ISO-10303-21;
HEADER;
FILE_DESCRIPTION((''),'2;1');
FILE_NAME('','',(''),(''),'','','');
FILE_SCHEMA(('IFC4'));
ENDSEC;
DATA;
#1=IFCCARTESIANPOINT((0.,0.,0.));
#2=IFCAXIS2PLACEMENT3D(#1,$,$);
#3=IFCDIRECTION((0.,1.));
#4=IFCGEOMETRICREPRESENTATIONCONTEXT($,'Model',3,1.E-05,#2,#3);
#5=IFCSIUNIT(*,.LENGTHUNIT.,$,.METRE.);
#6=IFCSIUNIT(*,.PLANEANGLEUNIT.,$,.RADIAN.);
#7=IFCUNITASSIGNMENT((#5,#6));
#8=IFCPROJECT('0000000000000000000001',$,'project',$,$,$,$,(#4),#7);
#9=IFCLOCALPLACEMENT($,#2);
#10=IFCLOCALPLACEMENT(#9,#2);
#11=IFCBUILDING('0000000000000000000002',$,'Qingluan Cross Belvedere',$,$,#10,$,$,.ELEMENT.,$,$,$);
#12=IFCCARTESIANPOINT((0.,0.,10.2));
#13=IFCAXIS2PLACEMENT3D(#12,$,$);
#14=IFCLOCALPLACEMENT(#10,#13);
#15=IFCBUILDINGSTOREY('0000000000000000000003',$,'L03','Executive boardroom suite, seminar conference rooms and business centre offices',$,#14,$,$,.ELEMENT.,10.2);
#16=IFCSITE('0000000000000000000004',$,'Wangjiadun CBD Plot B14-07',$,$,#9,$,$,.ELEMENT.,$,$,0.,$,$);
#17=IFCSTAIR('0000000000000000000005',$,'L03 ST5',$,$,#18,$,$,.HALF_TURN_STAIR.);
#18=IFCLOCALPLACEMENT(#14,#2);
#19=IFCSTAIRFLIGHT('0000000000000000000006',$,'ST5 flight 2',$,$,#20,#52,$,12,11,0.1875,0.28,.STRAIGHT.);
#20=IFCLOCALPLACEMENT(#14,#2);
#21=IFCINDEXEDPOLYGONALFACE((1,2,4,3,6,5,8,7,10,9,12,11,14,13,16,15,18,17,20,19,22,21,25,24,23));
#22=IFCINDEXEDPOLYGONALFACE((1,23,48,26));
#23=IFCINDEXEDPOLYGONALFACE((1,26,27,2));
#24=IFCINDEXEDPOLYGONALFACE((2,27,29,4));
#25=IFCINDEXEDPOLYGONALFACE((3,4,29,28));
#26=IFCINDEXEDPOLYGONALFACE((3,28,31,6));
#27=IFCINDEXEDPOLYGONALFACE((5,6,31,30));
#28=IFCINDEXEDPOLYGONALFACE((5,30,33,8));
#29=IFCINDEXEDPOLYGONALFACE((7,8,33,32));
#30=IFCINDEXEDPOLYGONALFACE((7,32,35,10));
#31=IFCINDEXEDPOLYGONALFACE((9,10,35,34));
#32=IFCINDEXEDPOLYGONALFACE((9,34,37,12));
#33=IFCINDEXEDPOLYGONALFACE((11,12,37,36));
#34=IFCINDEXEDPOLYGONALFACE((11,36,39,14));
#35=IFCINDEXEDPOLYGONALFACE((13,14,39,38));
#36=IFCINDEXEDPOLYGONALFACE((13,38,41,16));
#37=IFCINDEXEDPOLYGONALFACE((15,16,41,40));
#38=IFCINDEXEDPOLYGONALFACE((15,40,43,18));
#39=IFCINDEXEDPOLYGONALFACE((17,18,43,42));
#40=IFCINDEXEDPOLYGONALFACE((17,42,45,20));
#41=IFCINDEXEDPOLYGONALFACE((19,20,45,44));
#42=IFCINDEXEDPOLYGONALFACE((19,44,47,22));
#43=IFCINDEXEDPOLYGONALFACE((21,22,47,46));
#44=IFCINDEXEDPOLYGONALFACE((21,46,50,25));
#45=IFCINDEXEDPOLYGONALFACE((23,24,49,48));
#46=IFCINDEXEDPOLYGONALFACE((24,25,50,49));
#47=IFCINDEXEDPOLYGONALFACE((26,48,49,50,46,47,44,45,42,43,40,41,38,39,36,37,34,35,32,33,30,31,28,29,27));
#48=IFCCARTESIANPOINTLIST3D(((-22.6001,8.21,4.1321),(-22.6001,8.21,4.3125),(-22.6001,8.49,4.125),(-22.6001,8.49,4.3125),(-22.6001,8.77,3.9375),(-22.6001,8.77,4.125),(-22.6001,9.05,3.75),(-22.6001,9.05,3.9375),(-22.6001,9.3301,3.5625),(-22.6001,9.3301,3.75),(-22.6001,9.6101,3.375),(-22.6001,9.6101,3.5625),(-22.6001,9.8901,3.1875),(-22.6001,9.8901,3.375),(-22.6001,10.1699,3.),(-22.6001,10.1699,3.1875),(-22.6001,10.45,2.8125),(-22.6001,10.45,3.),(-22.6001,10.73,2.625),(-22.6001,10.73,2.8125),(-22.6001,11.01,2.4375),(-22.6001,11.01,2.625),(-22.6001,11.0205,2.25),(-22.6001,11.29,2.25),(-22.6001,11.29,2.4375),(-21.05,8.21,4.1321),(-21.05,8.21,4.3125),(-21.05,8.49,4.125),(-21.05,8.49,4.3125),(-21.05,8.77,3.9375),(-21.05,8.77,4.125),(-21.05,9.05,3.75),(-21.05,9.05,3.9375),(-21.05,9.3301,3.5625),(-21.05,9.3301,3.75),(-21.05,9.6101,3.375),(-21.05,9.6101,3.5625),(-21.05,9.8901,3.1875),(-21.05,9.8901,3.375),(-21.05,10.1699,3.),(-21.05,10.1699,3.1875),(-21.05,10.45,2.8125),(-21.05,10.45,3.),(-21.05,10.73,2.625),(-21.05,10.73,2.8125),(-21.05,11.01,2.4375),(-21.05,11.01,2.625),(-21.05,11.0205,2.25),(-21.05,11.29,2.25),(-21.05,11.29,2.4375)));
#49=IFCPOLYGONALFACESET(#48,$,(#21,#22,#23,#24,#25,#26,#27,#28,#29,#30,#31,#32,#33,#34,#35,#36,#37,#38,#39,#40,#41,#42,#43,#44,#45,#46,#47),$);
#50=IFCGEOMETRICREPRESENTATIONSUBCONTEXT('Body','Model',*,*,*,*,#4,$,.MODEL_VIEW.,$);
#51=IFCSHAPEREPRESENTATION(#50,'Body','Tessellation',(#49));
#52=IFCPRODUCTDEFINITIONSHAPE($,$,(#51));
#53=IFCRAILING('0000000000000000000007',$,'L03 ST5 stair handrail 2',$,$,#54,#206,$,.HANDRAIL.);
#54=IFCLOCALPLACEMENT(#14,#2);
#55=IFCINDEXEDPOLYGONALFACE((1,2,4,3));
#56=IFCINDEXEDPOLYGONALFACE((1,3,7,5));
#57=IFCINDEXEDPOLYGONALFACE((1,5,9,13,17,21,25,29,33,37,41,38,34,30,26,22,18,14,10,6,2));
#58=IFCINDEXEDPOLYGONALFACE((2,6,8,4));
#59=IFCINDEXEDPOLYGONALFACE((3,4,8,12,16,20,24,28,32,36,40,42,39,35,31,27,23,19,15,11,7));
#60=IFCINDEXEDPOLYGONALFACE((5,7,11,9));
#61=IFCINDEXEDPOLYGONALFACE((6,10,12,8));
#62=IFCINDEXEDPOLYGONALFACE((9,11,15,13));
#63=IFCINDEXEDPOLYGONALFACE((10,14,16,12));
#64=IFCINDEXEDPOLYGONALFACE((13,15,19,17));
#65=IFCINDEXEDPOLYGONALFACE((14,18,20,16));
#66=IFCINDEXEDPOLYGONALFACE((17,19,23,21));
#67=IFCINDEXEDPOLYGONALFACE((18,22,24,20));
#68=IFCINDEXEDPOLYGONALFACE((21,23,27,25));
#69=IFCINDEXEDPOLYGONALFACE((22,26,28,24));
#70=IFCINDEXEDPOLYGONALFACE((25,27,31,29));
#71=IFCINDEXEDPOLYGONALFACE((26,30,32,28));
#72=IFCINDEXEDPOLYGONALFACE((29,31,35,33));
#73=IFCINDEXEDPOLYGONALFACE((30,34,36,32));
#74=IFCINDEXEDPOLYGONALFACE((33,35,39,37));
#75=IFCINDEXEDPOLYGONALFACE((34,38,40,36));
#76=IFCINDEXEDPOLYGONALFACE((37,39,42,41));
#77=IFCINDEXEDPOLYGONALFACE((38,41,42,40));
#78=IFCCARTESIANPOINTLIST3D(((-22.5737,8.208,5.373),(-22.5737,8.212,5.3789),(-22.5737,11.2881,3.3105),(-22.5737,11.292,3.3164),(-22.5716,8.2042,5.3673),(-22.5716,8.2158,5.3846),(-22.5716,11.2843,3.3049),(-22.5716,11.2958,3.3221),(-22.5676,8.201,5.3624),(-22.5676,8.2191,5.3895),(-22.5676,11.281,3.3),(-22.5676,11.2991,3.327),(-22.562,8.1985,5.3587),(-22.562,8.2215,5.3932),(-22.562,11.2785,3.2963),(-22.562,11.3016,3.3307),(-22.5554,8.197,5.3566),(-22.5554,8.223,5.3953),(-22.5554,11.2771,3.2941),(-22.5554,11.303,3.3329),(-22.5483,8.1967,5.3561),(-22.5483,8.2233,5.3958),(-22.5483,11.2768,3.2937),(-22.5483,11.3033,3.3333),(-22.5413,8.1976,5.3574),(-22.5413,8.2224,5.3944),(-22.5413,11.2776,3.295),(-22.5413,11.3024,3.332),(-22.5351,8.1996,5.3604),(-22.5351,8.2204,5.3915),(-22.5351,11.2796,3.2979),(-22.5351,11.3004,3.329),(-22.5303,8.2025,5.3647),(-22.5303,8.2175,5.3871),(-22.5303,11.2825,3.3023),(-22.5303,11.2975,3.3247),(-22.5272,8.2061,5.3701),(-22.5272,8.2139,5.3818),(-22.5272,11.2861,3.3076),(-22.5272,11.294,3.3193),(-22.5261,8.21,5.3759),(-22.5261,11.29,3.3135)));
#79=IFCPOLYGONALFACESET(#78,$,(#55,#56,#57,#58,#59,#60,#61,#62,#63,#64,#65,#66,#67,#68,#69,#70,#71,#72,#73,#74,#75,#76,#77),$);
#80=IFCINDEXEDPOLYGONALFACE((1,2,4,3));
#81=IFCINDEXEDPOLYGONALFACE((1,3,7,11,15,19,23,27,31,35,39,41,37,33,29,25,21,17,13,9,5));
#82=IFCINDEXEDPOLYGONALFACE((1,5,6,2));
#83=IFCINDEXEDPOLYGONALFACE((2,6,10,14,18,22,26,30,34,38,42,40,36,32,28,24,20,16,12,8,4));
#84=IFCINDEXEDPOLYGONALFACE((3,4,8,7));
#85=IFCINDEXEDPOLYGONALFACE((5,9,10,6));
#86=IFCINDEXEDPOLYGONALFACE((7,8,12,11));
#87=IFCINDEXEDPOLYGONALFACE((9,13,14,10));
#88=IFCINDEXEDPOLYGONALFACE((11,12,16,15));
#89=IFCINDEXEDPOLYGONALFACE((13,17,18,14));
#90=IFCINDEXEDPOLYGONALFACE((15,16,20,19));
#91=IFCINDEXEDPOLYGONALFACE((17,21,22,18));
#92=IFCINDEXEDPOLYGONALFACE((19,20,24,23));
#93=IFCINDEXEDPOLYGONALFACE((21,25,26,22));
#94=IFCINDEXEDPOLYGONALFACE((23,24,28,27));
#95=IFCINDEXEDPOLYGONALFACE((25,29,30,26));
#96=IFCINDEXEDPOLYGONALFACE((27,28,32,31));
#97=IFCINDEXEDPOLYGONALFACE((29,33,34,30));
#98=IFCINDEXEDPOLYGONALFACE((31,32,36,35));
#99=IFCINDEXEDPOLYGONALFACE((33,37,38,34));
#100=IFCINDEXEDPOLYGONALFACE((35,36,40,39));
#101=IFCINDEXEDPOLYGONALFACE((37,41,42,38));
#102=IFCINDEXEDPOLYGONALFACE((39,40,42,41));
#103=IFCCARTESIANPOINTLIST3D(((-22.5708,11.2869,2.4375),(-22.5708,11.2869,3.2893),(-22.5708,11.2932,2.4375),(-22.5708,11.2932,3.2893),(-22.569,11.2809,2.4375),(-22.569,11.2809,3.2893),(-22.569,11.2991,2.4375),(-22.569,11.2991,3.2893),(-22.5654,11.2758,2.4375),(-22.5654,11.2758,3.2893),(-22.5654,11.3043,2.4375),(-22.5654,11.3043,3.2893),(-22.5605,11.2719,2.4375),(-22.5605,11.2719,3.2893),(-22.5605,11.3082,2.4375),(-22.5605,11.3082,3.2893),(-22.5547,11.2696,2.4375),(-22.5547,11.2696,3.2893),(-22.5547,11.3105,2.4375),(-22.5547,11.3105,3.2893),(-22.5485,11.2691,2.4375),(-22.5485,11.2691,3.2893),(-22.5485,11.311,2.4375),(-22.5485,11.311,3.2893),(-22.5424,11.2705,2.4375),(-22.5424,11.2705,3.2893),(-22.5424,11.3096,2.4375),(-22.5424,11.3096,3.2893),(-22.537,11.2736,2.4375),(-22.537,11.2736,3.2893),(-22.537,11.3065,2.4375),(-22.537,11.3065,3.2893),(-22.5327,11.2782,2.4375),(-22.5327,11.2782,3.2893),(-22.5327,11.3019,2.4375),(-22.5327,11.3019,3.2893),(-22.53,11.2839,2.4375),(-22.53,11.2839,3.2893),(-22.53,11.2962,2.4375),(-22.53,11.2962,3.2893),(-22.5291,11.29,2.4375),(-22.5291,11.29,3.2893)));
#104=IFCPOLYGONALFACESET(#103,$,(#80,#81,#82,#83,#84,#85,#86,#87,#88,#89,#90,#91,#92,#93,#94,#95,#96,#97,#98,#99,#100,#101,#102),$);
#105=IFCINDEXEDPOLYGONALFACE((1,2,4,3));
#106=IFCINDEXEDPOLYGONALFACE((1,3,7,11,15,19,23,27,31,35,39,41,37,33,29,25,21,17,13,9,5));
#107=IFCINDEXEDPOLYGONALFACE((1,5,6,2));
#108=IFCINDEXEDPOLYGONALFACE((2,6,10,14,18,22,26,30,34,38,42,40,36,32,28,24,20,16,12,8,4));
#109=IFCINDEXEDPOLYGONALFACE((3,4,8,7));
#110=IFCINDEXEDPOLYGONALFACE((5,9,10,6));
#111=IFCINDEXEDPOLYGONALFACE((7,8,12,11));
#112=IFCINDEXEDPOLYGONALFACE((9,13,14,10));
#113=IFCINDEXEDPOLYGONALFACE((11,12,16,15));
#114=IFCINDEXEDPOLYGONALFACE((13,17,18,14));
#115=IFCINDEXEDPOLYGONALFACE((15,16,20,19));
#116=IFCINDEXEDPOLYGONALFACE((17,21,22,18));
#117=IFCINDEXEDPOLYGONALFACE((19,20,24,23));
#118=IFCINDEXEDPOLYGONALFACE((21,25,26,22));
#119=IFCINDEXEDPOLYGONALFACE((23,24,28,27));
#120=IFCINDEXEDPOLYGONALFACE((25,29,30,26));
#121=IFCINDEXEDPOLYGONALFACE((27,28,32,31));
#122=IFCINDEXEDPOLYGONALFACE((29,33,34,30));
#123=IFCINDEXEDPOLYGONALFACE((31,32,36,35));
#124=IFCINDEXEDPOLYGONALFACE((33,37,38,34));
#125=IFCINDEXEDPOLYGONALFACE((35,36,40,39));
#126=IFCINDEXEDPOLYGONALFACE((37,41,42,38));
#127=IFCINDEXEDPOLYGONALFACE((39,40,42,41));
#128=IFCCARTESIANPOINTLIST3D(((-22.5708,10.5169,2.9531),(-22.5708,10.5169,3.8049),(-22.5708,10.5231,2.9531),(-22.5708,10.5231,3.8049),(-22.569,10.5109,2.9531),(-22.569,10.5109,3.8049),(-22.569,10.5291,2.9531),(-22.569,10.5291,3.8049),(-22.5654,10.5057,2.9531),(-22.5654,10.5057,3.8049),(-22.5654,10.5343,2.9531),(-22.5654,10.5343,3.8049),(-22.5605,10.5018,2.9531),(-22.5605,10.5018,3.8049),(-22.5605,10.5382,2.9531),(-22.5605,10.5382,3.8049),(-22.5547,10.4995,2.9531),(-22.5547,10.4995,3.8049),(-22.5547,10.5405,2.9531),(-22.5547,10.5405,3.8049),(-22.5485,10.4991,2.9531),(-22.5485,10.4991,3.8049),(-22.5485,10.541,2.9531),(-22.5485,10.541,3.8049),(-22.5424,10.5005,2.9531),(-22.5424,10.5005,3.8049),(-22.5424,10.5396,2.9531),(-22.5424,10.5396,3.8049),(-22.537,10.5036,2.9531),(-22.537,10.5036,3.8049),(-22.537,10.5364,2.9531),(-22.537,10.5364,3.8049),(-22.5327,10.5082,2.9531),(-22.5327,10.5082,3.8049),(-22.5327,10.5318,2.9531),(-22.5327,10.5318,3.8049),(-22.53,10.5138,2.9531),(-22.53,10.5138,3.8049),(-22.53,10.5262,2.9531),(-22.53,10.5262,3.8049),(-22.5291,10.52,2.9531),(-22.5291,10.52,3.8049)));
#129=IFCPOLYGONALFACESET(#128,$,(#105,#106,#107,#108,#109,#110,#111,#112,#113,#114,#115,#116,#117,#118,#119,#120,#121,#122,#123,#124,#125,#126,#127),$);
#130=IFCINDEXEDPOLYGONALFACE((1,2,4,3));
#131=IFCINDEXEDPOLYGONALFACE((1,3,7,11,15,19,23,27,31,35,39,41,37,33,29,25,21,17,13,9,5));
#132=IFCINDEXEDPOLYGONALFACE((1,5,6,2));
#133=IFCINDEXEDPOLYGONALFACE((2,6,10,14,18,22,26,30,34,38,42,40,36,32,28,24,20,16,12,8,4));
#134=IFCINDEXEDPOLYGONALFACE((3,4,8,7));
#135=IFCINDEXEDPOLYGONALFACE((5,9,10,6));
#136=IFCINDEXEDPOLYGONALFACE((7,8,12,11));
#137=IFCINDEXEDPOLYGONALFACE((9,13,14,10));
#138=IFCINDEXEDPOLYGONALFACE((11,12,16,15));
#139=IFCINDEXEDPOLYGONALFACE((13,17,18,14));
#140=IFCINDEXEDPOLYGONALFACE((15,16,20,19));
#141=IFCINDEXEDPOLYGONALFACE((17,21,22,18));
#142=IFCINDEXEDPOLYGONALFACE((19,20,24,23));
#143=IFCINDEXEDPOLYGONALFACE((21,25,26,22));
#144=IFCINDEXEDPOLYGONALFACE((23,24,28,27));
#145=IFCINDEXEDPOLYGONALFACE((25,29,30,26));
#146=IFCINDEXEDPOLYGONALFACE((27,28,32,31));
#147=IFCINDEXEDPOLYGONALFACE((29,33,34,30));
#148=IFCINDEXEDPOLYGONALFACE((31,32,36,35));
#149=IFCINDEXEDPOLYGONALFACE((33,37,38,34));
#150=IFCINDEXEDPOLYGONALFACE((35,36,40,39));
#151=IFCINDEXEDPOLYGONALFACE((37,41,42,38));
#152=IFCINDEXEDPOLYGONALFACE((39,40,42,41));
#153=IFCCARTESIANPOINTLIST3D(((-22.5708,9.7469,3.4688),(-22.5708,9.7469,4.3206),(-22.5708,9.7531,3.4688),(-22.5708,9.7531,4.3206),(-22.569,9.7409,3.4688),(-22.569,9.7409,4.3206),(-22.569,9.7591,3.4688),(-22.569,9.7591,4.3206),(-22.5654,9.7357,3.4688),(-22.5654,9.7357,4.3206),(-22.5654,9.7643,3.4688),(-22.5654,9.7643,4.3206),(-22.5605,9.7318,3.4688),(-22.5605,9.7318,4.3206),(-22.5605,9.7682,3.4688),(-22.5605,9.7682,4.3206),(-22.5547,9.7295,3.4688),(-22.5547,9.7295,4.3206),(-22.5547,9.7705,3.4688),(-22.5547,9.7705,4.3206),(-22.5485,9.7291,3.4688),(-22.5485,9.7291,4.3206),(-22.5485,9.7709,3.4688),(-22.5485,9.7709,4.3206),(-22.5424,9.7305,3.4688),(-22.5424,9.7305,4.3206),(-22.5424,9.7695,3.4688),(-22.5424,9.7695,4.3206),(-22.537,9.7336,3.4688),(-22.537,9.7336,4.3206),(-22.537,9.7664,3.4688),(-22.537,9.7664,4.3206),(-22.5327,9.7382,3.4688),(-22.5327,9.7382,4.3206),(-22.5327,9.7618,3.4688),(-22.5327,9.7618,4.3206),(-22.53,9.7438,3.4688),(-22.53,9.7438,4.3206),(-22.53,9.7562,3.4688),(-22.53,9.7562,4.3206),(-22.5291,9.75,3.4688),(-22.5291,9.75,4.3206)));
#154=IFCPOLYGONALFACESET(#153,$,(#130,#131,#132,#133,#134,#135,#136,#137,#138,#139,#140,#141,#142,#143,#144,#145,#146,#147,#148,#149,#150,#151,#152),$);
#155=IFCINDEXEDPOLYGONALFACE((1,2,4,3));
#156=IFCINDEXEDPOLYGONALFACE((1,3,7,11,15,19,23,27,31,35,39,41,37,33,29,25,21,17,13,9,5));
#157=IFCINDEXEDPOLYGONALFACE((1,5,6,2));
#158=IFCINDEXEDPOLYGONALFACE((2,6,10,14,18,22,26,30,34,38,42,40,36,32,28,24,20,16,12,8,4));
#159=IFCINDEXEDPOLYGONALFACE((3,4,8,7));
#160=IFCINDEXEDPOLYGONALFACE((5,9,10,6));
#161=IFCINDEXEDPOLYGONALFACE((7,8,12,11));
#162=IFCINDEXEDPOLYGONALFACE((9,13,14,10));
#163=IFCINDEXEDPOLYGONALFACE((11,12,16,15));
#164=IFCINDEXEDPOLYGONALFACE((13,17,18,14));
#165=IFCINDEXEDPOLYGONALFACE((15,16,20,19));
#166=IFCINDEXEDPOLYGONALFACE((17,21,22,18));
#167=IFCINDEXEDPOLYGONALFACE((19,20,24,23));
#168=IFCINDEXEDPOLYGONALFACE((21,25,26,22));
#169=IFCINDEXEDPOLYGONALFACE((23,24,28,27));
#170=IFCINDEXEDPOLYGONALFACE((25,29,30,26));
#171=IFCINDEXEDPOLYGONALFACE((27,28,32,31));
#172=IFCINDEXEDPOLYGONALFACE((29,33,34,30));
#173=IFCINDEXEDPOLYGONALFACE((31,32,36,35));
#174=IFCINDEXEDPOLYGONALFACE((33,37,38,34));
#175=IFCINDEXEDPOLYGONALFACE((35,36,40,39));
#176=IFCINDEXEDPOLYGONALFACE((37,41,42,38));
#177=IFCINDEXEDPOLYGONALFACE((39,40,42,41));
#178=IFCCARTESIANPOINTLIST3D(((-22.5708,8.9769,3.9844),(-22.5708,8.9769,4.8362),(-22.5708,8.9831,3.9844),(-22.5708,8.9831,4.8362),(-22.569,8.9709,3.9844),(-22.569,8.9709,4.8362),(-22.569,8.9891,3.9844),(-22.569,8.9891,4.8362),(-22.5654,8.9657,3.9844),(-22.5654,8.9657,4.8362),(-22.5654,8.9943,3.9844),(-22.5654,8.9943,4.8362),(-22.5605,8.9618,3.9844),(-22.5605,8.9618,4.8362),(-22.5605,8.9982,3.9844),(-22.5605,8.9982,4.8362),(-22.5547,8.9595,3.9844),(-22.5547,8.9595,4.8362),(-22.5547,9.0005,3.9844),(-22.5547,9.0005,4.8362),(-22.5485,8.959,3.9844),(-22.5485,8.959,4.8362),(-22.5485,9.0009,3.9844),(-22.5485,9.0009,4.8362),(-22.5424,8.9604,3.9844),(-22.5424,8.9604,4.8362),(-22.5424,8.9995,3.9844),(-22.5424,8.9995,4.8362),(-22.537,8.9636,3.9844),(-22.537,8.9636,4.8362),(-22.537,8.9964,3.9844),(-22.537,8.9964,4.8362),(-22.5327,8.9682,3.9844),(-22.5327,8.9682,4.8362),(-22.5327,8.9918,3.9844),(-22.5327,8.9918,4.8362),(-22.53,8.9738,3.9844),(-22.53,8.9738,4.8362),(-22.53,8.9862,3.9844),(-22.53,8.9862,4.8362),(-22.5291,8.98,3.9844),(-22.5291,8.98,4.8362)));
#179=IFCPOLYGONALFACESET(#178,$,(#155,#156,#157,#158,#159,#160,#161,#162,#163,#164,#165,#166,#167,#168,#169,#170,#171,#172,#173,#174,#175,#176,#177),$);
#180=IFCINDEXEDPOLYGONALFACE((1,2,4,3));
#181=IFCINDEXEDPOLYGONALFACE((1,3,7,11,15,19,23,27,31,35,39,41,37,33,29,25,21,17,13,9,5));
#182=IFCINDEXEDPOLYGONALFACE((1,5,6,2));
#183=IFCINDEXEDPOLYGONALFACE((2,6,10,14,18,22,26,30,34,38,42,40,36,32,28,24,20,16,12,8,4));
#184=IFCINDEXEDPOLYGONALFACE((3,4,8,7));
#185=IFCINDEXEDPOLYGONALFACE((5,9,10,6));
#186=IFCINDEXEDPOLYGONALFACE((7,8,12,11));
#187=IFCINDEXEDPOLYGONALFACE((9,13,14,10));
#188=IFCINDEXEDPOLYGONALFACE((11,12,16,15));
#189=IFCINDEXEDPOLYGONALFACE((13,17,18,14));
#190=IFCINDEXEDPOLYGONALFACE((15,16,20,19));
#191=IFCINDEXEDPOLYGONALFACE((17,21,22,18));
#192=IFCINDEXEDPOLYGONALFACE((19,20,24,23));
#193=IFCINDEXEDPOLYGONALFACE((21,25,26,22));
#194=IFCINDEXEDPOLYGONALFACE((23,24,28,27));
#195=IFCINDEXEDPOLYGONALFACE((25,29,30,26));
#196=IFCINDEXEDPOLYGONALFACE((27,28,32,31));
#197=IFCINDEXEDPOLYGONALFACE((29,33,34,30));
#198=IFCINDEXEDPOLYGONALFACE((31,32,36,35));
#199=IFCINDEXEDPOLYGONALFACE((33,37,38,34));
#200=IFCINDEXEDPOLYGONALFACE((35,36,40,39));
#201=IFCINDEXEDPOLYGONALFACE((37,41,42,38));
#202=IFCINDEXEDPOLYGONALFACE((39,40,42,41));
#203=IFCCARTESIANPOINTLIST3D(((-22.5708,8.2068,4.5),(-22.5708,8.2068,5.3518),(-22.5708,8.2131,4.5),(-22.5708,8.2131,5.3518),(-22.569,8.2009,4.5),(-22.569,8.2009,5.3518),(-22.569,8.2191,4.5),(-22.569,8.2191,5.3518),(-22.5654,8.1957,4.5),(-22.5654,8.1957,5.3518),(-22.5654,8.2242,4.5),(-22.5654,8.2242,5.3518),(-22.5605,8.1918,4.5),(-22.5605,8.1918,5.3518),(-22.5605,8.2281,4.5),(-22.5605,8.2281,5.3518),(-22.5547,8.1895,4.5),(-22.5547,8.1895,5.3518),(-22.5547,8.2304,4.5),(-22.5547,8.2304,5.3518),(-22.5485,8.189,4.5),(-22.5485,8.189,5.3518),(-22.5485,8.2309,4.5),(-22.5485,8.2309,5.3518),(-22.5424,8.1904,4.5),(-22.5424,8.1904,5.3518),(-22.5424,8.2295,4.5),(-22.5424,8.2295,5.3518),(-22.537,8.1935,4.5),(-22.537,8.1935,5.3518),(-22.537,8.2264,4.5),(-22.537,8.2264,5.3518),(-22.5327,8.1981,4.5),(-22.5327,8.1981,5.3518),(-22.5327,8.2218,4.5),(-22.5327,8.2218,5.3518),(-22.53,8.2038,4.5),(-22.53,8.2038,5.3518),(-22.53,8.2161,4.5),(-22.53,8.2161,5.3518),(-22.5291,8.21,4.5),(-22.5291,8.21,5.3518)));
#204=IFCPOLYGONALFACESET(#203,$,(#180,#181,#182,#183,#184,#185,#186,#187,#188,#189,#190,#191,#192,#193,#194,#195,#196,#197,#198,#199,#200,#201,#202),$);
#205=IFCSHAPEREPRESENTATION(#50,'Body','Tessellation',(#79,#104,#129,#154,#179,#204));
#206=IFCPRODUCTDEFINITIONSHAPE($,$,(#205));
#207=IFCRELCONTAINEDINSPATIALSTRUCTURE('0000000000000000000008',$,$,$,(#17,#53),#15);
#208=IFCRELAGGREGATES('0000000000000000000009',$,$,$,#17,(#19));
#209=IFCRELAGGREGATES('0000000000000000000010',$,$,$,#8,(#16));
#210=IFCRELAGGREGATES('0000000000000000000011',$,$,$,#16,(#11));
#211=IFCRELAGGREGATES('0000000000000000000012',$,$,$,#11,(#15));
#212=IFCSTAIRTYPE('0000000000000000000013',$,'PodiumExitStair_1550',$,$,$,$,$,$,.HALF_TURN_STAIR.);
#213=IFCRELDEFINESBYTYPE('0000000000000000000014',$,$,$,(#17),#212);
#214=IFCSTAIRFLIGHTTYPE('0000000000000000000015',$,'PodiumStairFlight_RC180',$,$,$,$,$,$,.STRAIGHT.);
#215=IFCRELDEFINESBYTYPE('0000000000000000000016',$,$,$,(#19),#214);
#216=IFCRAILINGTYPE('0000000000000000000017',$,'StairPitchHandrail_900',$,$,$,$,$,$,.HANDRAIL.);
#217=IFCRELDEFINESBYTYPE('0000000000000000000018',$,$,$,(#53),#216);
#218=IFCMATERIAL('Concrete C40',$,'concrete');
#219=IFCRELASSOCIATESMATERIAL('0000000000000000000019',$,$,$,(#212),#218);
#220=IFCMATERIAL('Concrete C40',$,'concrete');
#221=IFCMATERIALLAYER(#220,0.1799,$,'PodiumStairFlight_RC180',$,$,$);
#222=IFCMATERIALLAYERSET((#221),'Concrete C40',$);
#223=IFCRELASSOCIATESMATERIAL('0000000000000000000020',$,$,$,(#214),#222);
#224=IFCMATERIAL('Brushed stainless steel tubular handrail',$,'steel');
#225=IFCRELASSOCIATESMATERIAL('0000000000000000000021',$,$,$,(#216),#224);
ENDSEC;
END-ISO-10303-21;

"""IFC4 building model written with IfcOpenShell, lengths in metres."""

from ifc_helpers import new_model, si_unit, direction, frame, origin, origin_2d, place, context, subcontext, project, spatial, polyline, circle, outline, extrude, material, layer, layer_set, type_object, element, aggregate, save


model = new_model("IFC4")

# Units and contexts
model_context = context("Model", 3, precision=1e-05, world=origin(), true_north=direction((0.0, 1.0)))
body_context = subcontext(model_context, "Body", "Model", "MODEL_VIEW")
ifc_project = project(units=[si_unit("LENGTHUNIT", "METRE"), si_unit("PLANEANGLEUNIT", "RADIAN")], contexts=[model_context])

# Site, building, storey
site_placement = place(None, origin())
site = spatial("IfcSite", under=ifc_project, at=site_placement, Name="Wangjiadun CBD Plot B14-07", CompositionType="ELEMENT", RefElevation=0.0)
building_placement = place(site_placement, origin())
building = spatial("IfcBuilding", under=site, at=building_placement, Name="Qingluan Cross Belvedere", CompositionType="ELEMENT")
storey_placement = place(building_placement, frame((0.0, 0.0, 10.2)))
storey = spatial("IfcBuildingStorey", under=building, at=storey_placement, Name="L03", Description="Executive boardroom suite, seminar conference rooms and business centre offices", CompositionType="ELEMENT", Elevation=10.2)

# Stair, stair flight
ifc_material_1 = material(Name="Concrete C40", Category="concrete")
stair_type = type_object("IfcStairType", Name="PodiumExitStair_1550", PredefinedType="HALF_TURN_STAIR", material=ifc_material_1)
stair_placement = place(storey_placement, origin())
stair = element("IfcStair", 1, at=stair_placement, inside=storey, type_object=stair_type, Name="L03 ST5", PredefinedType="HALF_TURN_STAIR")
ifc_material_2 = material(Name="Concrete C40", Category="concrete")
ifc_layer_1 = layer(ifc_material_2, 0.1799, Name="PodiumStairFlight_RC180")
ifc_layer_set_1 = layer_set([ifc_layer_1], Name="Concrete C40")
stair_flight_type = type_object("IfcStairFlightType", Name="PodiumStairFlight_RC180", PredefinedType="STRAIGHT", material=ifc_layer_set_1)
stair_flight_placement = place(storey_placement, frame((-21.825, 11.29, 2.25), z_axis=(0.0, 0.0, 1.0), x_axis=(0.0, -1.0, 0.0)))
stair_flight = element("IfcStairFlight", 2, at=stair_flight_placement, type_object=stair_flight_type, Name="ST5 flight 2", NumberOfRisers=12, NumberOfTreads=11, PredefinedType="STRAIGHT", RiserHeight=0.1875, TreadLength=0.28, context=body_context, shape_type="SweptSolid", body=[
    extrude(outline(polyline([(0.0, 0.0), (0.0, 0.1875), (0.28, 0.1875), (0.28, 0.375), (0.5601, 0.375), (0.5601, 0.5625), (0.8401, 0.5625), (0.8401, 0.75), (1.1201, 0.75), (1.1201, 0.9375), (1.3999, 0.9375), (1.3999, 1.125), (1.6799, 1.125), (1.6799, 1.3125), (1.96, 1.3125), (1.96, 1.5), (2.24, 1.5), (2.24, 1.6875), (2.52, 1.6875), (2.52, 1.875), (2.8, 1.875), (2.8, 2.0625), (3.0801, 2.0625), (3.0801, 2.25), (3.0801, 1.8821), (0.2695, 0.0), (0.0, 0.0)])), frame((0.0, 0.7749, 0.0), z_axis=(0.0, -1.0, 0.0), x_axis=(1.0, 0.0, 0.0)), (0.0, 0.0, 1.0), 1.55),
])
aggregate(stair, [stair_flight])

# Railing
ifc_material_3 = material(Name="Brushed stainless steel tubular handrail", Category="steel")
railing_type_1 = type_object("IfcRailingType", Name="StairPitchHandrail_900", PredefinedType="HANDRAIL", material=ifc_material_3)
railing_1_placement = place(storey_placement, frame((-22.55, 11.29, 2.4375)))
element("IfcRailing", 3, at=railing_1_placement, inside=storey, type_object=railing_type_1, Name="L03 ST5 stair handrail 2", PredefinedType="HANDRAIL", context=body_context, shape_type="SweptSolid", body=[
    extrude(circle(Radius=0.0239, at=origin_2d()), frame((0.0, 0.0, 0.876), z_axis=(0.0, -0.830914, 0.556401), x_axis=(1.0, 0.0, 0.0)), (0.0, 0.0, 1.0), 3.7068),
    extrude(circle(Radius=0.021, at=origin_2d()), origin(), (0.0, 0.0, 1.0), 0.8518),
    extrude(circle(Radius=0.021, at=origin_2d()), frame((0.0, -0.77, 0.5156)), (0.0, 0.0, 1.0), 0.8518),
    extrude(circle(Radius=0.021, at=origin_2d()), frame((0.0, -1.54, 1.0312)), (0.0, 0.0, 1.0), 0.8518),
    extrude(circle(Radius=0.021, at=origin_2d()), frame((0.0, -2.3101, 1.5469)), (0.0, 0.0, 1.0), 0.8518),
    extrude(circle(Radius=0.021, at=origin_2d()), frame((0.0, -3.0801, 2.0625)), (0.0, 0.0, 1.0), 0.8518),
])

save(model, "model.ifc")
